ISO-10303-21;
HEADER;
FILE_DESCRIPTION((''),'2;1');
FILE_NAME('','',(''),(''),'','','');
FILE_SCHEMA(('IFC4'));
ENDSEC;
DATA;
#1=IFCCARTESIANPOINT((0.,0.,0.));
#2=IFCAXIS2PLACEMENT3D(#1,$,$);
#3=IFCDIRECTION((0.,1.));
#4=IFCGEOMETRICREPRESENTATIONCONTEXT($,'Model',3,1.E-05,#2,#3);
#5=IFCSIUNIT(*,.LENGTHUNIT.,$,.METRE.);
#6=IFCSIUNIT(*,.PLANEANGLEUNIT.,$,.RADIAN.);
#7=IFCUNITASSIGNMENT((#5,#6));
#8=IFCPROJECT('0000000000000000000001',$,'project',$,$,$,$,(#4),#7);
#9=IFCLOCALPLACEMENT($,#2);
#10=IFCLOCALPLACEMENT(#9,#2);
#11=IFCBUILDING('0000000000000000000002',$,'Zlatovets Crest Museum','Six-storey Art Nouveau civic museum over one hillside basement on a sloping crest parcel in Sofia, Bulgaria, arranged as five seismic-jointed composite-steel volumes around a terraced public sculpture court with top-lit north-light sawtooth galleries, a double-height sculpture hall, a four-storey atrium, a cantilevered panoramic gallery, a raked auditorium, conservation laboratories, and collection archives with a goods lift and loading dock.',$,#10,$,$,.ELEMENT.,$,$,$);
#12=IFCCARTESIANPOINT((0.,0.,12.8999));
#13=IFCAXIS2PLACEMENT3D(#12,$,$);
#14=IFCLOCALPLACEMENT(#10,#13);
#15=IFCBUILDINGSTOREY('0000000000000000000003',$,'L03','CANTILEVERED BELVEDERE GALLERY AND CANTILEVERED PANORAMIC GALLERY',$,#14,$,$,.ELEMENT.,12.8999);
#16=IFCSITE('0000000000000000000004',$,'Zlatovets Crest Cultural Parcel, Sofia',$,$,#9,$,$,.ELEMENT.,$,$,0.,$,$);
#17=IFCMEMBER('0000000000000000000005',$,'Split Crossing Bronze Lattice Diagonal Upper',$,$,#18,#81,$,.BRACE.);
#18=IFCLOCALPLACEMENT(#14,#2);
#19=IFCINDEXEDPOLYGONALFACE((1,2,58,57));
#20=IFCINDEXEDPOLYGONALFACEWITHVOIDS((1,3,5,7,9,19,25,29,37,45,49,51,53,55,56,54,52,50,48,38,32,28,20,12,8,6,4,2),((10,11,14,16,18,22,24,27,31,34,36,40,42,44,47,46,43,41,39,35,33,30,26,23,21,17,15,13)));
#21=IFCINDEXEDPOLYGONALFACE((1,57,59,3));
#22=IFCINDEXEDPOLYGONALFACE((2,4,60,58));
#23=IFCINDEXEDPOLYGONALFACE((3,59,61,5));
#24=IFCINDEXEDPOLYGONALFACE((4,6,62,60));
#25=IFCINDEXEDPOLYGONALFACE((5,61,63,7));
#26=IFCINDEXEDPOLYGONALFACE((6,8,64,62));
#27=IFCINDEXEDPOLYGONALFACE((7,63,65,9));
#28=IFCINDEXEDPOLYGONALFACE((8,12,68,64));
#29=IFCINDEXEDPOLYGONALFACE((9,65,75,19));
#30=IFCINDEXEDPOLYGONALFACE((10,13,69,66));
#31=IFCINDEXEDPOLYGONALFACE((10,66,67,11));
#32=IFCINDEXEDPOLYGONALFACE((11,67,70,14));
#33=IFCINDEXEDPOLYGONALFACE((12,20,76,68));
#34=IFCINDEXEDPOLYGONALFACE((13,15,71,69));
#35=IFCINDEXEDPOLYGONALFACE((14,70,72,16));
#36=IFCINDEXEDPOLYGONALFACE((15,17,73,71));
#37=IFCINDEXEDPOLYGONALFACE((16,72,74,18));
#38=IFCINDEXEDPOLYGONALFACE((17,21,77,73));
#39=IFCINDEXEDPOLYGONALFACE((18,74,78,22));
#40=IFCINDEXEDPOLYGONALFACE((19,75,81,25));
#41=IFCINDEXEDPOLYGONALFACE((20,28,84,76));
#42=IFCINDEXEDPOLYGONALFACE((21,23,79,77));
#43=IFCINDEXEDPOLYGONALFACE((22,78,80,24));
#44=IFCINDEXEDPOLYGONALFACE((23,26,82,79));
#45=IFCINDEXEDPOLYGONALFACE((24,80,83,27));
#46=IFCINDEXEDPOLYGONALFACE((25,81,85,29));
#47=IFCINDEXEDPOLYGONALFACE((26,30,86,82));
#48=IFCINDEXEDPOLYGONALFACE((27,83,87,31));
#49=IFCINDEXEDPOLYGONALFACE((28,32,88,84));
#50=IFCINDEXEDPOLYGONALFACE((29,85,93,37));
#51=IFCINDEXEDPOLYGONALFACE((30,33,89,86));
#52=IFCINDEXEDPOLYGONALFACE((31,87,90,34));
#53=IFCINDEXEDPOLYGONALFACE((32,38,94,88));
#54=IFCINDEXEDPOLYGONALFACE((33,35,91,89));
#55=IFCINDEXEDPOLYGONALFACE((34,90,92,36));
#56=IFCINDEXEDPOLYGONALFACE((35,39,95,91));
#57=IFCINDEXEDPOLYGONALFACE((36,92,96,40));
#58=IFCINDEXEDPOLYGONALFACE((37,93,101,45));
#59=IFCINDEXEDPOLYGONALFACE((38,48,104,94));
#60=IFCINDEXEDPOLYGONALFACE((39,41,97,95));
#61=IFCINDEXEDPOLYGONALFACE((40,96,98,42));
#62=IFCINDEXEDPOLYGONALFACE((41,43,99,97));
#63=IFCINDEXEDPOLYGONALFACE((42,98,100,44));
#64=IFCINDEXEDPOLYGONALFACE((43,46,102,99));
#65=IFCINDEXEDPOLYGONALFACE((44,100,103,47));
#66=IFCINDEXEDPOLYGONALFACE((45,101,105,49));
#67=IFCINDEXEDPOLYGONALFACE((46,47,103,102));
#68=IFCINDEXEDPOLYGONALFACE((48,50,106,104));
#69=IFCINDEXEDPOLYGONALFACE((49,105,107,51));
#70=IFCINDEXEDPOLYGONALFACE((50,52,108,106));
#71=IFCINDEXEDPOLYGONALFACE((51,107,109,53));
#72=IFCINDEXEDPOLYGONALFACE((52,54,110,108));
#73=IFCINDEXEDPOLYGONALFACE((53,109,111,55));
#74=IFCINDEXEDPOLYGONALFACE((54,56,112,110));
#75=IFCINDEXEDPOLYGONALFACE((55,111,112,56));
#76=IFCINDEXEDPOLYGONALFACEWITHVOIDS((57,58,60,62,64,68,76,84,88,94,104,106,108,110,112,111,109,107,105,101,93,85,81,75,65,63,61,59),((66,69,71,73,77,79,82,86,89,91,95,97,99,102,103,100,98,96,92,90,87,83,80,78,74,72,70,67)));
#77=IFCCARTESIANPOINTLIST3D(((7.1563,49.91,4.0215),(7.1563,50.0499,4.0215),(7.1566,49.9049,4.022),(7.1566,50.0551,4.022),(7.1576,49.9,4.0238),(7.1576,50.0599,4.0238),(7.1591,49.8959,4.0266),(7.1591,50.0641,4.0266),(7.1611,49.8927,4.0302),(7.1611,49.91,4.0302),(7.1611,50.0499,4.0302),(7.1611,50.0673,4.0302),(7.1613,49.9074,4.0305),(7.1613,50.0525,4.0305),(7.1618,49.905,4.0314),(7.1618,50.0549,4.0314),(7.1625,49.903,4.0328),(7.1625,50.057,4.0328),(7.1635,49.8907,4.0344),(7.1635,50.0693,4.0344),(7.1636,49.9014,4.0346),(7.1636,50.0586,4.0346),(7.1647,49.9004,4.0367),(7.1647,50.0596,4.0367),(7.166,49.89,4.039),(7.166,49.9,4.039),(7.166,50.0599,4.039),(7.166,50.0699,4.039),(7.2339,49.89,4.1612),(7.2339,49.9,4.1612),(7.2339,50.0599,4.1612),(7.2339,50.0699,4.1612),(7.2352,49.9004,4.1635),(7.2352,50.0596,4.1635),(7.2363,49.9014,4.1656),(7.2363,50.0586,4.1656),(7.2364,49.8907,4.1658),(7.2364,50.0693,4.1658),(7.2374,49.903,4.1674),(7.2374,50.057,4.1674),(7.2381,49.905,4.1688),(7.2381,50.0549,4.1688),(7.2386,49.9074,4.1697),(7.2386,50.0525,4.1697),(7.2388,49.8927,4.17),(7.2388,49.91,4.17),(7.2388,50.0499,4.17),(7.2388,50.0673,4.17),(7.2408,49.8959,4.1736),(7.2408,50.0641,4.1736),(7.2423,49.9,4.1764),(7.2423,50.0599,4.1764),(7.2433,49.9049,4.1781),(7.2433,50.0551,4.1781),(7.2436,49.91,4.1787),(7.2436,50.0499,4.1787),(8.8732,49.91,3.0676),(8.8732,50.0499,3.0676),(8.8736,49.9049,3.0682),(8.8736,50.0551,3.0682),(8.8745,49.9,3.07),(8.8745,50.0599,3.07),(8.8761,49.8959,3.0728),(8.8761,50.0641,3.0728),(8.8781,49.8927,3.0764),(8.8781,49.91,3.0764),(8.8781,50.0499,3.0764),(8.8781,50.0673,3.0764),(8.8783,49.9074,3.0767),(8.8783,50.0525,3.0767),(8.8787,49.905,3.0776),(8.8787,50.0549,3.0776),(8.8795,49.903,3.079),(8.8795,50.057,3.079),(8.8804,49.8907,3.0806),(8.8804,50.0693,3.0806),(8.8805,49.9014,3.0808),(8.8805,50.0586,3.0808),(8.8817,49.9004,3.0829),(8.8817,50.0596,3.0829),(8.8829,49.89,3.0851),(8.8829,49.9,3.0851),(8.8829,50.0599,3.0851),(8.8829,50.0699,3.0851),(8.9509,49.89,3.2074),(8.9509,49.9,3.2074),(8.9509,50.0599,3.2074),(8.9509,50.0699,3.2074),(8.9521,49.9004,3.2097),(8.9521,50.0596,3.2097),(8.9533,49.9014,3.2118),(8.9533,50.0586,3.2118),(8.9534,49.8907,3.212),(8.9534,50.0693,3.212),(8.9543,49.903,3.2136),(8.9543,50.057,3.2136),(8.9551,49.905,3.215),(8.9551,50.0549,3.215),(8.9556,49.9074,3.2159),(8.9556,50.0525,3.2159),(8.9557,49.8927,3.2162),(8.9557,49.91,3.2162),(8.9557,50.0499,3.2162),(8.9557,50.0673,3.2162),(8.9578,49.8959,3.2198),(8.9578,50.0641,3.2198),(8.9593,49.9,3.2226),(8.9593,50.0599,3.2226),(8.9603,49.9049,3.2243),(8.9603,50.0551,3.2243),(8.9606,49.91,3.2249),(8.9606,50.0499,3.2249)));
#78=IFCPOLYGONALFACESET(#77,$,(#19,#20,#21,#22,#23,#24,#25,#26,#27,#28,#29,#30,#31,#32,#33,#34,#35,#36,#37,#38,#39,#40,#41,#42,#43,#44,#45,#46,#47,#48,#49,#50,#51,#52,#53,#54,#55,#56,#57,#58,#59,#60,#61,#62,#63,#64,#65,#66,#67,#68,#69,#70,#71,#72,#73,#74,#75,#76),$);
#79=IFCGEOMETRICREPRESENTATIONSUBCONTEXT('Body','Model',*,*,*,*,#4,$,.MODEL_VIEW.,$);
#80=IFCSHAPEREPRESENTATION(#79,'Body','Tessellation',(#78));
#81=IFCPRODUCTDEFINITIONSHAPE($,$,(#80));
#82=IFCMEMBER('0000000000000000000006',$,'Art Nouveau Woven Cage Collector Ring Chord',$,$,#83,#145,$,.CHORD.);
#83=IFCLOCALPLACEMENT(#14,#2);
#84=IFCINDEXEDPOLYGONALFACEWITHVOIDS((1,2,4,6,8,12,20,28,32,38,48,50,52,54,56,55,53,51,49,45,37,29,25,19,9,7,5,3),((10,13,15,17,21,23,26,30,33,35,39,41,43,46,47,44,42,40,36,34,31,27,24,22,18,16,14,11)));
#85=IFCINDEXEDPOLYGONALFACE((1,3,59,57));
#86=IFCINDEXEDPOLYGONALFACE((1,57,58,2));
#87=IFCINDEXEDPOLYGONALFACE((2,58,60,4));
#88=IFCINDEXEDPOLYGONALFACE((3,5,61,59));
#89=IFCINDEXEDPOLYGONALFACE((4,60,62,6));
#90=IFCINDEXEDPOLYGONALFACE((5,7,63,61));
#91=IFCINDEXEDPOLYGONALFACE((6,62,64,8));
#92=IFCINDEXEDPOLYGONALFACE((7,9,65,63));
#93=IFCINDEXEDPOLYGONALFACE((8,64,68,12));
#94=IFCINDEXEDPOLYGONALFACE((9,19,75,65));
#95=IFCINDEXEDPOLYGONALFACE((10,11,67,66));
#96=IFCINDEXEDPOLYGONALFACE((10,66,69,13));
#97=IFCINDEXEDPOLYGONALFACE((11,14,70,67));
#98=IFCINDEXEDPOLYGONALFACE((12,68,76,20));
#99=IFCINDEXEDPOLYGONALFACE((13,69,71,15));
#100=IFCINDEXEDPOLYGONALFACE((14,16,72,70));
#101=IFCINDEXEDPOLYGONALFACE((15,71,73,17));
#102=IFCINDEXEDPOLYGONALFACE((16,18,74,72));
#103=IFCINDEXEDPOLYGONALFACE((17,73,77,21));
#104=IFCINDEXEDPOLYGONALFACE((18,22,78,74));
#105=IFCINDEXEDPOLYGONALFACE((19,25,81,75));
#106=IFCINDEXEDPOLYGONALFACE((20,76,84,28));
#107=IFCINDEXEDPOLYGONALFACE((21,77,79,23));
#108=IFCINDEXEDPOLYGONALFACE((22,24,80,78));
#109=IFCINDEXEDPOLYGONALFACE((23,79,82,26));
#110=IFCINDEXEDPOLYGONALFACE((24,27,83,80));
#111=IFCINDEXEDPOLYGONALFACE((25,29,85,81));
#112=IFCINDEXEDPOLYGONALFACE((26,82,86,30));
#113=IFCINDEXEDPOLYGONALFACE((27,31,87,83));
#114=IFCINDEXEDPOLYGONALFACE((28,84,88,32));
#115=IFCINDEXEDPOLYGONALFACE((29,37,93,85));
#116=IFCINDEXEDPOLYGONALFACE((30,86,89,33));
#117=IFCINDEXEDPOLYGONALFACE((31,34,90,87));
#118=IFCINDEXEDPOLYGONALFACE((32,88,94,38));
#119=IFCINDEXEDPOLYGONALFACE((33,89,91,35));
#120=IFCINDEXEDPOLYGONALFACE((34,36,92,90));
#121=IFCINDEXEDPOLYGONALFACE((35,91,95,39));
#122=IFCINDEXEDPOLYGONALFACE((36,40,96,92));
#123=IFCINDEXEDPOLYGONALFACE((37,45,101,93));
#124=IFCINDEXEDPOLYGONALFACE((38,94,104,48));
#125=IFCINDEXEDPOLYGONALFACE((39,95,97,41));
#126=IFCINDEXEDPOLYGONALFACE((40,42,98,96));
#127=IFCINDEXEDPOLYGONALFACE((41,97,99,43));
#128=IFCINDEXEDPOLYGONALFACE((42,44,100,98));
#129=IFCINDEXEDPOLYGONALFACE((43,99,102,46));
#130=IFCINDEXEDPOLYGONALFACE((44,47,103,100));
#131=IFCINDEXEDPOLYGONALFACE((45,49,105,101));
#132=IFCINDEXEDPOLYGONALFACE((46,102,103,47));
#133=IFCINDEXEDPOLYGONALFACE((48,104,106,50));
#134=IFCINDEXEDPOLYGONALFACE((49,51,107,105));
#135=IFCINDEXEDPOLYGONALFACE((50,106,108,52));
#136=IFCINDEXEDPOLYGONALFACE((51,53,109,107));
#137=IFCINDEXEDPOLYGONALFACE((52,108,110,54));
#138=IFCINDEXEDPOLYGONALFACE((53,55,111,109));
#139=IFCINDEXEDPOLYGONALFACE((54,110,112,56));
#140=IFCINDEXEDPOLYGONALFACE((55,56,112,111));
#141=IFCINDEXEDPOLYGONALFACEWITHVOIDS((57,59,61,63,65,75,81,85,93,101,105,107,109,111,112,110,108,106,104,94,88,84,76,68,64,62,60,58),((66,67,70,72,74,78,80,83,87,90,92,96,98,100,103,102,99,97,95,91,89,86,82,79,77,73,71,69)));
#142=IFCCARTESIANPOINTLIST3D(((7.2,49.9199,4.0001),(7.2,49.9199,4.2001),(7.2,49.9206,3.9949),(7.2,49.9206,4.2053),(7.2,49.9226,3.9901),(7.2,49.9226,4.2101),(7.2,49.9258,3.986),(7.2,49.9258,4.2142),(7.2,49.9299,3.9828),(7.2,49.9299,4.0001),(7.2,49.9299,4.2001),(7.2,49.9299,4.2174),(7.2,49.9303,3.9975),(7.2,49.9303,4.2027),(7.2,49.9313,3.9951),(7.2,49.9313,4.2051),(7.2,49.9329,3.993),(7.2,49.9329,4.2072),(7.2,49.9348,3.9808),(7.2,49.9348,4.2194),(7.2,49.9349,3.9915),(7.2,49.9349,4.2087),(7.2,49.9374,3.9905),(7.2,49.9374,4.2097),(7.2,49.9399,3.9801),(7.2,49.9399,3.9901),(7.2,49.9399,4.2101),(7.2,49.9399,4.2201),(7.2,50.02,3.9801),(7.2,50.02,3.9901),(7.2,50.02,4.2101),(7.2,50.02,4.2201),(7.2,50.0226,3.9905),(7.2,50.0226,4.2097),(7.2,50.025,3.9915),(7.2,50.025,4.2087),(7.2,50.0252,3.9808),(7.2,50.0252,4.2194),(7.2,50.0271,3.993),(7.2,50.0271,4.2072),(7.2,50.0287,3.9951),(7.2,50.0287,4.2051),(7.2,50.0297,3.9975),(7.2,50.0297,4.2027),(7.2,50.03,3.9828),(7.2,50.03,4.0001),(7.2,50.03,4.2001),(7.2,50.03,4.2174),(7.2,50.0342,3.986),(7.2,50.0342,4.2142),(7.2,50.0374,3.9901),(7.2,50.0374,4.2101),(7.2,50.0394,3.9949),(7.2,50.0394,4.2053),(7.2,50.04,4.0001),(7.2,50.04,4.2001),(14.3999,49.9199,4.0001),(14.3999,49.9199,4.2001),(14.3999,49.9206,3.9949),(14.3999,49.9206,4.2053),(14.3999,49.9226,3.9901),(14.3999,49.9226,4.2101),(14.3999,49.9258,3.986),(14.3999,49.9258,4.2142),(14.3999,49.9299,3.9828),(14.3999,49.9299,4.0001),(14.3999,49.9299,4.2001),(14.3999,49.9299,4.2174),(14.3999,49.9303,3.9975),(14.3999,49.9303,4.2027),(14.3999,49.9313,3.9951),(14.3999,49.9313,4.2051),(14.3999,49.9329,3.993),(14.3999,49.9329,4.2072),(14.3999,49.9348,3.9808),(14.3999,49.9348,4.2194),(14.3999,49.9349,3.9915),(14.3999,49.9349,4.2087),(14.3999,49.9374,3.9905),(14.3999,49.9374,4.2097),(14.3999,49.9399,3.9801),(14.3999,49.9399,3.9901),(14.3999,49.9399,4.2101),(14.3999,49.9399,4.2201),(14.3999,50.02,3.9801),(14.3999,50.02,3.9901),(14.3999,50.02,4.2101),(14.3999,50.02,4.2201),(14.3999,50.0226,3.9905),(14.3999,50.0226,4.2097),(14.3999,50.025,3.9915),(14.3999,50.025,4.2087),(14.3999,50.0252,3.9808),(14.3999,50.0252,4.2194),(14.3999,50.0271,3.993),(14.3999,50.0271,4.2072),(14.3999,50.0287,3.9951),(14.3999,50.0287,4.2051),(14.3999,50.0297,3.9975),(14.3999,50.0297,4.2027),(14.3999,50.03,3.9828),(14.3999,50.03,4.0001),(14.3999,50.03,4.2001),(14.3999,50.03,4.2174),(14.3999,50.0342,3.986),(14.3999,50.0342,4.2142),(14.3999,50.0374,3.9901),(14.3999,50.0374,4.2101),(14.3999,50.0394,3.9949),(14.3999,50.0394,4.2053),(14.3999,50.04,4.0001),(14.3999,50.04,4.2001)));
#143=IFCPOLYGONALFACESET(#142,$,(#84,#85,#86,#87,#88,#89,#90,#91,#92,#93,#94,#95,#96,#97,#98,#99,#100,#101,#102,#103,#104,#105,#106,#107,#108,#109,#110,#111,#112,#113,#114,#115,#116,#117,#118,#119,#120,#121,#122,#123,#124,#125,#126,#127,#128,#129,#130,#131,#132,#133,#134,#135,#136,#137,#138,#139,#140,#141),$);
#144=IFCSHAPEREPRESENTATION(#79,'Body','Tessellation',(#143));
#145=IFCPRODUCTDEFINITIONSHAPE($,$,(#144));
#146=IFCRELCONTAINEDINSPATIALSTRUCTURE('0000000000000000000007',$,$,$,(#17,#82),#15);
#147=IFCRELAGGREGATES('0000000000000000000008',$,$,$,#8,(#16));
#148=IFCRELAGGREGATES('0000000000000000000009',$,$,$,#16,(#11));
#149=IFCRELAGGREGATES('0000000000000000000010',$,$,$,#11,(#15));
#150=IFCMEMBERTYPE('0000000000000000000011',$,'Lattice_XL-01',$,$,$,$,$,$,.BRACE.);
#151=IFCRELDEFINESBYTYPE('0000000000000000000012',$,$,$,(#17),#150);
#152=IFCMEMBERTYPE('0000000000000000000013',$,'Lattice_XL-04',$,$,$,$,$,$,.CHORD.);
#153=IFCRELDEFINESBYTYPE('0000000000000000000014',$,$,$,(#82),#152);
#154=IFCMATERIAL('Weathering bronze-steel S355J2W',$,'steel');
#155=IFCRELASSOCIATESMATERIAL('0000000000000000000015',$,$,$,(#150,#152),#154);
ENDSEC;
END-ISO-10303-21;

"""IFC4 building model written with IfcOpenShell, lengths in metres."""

from ifc_helpers import new_model, si_unit, direction, frame, origin, origin_2d, place, context, subcontext, project, spatial, hollow_rectangle, extrude, material, material_profile, profile_set, type_object, element, save


model = new_model("IFC4")

# Units and contexts
model_context = context("Model", 3, precision=1e-05, world=origin(), true_north=direction((0.0, 1.0)))
body_context = subcontext(model_context, "Body", "Model", "MODEL_VIEW")
ifc_project = project(units=[si_unit("LENGTHUNIT", "METRE"), si_unit("PLANEANGLEUNIT", "RADIAN")], contexts=[model_context])

# Site, building, storey
site_placement = place(None, origin())
site = spatial("IfcSite", under=ifc_project, at=site_placement, Name="Zlatovets Crest Cultural Parcel, Sofia", CompositionType="ELEMENT", RefElevation=0.0)
building_placement = place(site_placement, origin())
building = spatial("IfcBuilding", under=site, at=building_placement, Name="Zlatovets Crest Museum", Description="Six-storey Art Nouveau civic museum over one hillside basement on a sloping crest parcel in Sofia, Bulgaria, arranged as five seismic-jointed composite-steel volumes around a terraced public sculpture court with top-lit north-light sawtooth galleries, a double-height sculpture hall, a four-storey atrium, a cantilevered panoramic gallery, a raked auditorium, conservation laboratories, and collection archives with a goods lift and loading dock.", CompositionType="ELEMENT")
storey_placement = place(building_placement, frame((0.0, 0.0, 12.8999)))
storey = spatial("IfcBuildingStorey", under=building, at=storey_placement, Name="L03", Description="CANTILEVERED BELVEDERE GALLERY AND CANTILEVERED PANORAMIC GALLERY", CompositionType="ELEMENT", Elevation=12.8999)

# Members
ifc_material_1 = material(Name="Weathering bronze-steel S355J2W", Category="steel")
ifc_material_profile_1 = material_profile(ifc_material_1, hollow_rectangle(XDim=0.1799, YDim=0.1799, WallThickness=0.01, InnerFilletRadius=0.01, OuterFilletRadius=0.02, at=origin_2d()), Name="SHS 180x180x10.0")
ifc_profile_set_1 = profile_set([ifc_material_profile_1], Name="Weathering bronze-steel S355J2W")
member_type_1 = type_object("IfcMemberType", Name="Lattice_XL-01", PredefinedType="BRACE", material=ifc_profile_set_1)
member_1_placement = place(storey_placement, frame((7.2, 49.98, 4.1001), z_axis=(0.874169, 0.0, -0.485622), x_axis=(0.0, 1.0, 0.0)))
element("IfcMember", 1, at=member_1_placement, inside=storey, type_object=member_type_1, Name="Split Crossing Bronze Lattice Diagonal Upper", PredefinedType="BRACE", context=body_context, shape_type="SweptSolid", body=[
    extrude(hollow_rectangle(XDim=0.1799, YDim=0.1799, WallThickness=0.01, InnerFilletRadius=0.01, OuterFilletRadius=0.02, at=origin_2d()), origin(), (0.0, 0.0, 1.0), 1.9641),
])
ifc_material_profile_2 = material_profile(ifc_material_1, hollow_rectangle(XDim=0.1201, YDim=0.24, WallThickness=0.01, InnerFilletRadius=0.01, OuterFilletRadius=0.02, at=origin_2d()), Name="RHS 120x240x10.0")
ifc_profile_set_2 = profile_set([ifc_material_profile_2], Name="Weathering bronze-steel S355J2W")
member_type_2 = type_object("IfcMemberType", Name="Lattice_XL-04", PredefinedType="CHORD", material=ifc_profile_set_2)
member_2_placement = place(storey_placement, frame((7.2, 49.98, 4.1001), z_axis=(1.0, 0.0, 0.0), x_axis=(0.0, 1.0, 0.0)))
element("IfcMember", 2, at=member_2_placement, inside=storey, type_object=member_type_2, Name="Art Nouveau Woven Cage Collector Ring Chord", PredefinedType="CHORD", context=body_context, shape_type="SweptSolid", body=[
    extrude(hollow_rectangle(XDim=0.1201, YDim=0.24, WallThickness=0.01, InnerFilletRadius=0.01, OuterFilletRadius=0.02, at=origin_2d()), origin(), (0.0, 0.0, 1.0), 7.2),
])

save(model, "model.ifc")
